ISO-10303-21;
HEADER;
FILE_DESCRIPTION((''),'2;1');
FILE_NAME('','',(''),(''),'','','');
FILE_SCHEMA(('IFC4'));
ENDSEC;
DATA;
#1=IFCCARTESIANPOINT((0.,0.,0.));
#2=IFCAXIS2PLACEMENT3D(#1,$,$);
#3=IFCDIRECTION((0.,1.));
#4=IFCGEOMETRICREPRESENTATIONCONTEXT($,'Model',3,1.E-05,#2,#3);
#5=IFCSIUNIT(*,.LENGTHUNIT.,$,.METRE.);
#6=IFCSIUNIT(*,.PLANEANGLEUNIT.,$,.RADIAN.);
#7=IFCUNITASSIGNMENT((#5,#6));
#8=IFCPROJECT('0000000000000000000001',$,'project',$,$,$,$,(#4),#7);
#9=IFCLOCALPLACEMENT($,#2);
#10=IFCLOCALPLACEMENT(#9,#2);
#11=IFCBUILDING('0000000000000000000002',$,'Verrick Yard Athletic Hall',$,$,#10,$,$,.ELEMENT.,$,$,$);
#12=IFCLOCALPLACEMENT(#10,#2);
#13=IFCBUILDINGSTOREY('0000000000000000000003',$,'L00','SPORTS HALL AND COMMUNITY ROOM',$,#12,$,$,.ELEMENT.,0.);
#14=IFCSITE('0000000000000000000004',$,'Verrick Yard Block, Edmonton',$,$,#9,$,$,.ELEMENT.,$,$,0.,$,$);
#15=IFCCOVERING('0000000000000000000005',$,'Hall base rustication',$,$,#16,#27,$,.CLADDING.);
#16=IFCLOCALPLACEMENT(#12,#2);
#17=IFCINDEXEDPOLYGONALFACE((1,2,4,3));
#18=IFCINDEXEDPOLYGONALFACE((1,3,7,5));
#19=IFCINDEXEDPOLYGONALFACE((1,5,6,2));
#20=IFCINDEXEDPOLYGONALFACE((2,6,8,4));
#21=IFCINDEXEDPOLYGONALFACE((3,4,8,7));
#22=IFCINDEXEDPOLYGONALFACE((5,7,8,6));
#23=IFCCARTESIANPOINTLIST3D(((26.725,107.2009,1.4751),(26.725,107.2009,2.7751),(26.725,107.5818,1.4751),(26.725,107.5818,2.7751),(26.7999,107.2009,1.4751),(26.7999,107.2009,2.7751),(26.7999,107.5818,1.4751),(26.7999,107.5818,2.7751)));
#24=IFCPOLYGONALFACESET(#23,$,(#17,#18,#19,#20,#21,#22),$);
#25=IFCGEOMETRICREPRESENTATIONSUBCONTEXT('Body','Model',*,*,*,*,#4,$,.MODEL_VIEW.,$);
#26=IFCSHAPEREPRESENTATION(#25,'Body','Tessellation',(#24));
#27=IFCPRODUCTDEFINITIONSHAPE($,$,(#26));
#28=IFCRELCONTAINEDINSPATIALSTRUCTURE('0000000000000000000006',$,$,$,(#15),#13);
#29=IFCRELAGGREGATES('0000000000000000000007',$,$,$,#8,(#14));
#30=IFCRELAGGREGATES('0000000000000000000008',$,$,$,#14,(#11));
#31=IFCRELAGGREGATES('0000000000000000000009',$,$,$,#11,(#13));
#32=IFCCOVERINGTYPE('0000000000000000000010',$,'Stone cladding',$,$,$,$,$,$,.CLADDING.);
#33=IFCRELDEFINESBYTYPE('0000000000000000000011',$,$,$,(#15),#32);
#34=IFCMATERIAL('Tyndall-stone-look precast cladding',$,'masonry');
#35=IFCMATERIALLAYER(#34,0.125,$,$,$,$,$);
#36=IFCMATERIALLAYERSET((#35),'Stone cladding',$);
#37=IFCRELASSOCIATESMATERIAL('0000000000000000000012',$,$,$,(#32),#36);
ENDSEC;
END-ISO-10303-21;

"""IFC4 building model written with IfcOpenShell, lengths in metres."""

from ifc_helpers import new_model, si_unit, direction, frame, origin, origin_2d, place, context, subcontext, project, spatial, rectangle, extrude, material, layer, layer_set, type_object, element, save


model = new_model("IFC4")

# Units and contexts
model_context = context("Model", 3, precision=1e-05, world=origin(), true_north=direction((0.0, 1.0)))
body_context = subcontext(model_context, "Body", "Model", "MODEL_VIEW")
ifc_project = project(units=[si_unit("LENGTHUNIT", "METRE"), si_unit("PLANEANGLEUNIT", "RADIAN")], contexts=[model_context])

# Site, building, storey
site_placement = place(None, origin())
site = spatial("IfcSite", under=ifc_project, at=site_placement, Name="Verrick Yard Block, Edmonton", CompositionType="ELEMENT", RefElevation=0.0)
building_placement = place(site_placement, origin())
building = spatial("IfcBuilding", under=site, at=building_placement, Name="Verrick Yard Athletic Hall", CompositionType="ELEMENT")
storey_placement = place(building_placement, origin())
storey = spatial("IfcBuildingStorey", under=building, at=storey_placement, Name="L00", Description="SPORTS HALL AND COMMUNITY ROOM", CompositionType="ELEMENT", Elevation=0.0)

# Shared definitions
ifc_material_1 = material(Name="Tyndall-stone-look precast cladding", Category="masonry")

# Covering
ifc_layer_1 = layer(ifc_material_1, 0.125)
ifc_layer_set_1 = layer_set([ifc_layer_1], Name="Stone cladding")
covering_type = type_object("IfcCoveringType", Name="Stone cladding", PredefinedType="CLADDING", material=ifc_layer_set_1)
covering_1_placement = place(storey_placement, frame((26.7625, 107.3914, 1.4751), z_axis=(0.0, 0.0, 1.0), x_axis=(0.0, 1.0, 0.0)))
element("IfcCovering", 1, at=covering_1_placement, inside=storey, type_object=covering_type, Name="Hall base rustication", PredefinedType="CLADDING", context=body_context, shape_type="SweptSolid", body=[
    extrude(rectangle(XDim=0.3809, YDim=0.075, at=origin_2d()), origin(), (0.0, 0.0, 1.0), 1.3),
])

save(model, "model.ifc")
